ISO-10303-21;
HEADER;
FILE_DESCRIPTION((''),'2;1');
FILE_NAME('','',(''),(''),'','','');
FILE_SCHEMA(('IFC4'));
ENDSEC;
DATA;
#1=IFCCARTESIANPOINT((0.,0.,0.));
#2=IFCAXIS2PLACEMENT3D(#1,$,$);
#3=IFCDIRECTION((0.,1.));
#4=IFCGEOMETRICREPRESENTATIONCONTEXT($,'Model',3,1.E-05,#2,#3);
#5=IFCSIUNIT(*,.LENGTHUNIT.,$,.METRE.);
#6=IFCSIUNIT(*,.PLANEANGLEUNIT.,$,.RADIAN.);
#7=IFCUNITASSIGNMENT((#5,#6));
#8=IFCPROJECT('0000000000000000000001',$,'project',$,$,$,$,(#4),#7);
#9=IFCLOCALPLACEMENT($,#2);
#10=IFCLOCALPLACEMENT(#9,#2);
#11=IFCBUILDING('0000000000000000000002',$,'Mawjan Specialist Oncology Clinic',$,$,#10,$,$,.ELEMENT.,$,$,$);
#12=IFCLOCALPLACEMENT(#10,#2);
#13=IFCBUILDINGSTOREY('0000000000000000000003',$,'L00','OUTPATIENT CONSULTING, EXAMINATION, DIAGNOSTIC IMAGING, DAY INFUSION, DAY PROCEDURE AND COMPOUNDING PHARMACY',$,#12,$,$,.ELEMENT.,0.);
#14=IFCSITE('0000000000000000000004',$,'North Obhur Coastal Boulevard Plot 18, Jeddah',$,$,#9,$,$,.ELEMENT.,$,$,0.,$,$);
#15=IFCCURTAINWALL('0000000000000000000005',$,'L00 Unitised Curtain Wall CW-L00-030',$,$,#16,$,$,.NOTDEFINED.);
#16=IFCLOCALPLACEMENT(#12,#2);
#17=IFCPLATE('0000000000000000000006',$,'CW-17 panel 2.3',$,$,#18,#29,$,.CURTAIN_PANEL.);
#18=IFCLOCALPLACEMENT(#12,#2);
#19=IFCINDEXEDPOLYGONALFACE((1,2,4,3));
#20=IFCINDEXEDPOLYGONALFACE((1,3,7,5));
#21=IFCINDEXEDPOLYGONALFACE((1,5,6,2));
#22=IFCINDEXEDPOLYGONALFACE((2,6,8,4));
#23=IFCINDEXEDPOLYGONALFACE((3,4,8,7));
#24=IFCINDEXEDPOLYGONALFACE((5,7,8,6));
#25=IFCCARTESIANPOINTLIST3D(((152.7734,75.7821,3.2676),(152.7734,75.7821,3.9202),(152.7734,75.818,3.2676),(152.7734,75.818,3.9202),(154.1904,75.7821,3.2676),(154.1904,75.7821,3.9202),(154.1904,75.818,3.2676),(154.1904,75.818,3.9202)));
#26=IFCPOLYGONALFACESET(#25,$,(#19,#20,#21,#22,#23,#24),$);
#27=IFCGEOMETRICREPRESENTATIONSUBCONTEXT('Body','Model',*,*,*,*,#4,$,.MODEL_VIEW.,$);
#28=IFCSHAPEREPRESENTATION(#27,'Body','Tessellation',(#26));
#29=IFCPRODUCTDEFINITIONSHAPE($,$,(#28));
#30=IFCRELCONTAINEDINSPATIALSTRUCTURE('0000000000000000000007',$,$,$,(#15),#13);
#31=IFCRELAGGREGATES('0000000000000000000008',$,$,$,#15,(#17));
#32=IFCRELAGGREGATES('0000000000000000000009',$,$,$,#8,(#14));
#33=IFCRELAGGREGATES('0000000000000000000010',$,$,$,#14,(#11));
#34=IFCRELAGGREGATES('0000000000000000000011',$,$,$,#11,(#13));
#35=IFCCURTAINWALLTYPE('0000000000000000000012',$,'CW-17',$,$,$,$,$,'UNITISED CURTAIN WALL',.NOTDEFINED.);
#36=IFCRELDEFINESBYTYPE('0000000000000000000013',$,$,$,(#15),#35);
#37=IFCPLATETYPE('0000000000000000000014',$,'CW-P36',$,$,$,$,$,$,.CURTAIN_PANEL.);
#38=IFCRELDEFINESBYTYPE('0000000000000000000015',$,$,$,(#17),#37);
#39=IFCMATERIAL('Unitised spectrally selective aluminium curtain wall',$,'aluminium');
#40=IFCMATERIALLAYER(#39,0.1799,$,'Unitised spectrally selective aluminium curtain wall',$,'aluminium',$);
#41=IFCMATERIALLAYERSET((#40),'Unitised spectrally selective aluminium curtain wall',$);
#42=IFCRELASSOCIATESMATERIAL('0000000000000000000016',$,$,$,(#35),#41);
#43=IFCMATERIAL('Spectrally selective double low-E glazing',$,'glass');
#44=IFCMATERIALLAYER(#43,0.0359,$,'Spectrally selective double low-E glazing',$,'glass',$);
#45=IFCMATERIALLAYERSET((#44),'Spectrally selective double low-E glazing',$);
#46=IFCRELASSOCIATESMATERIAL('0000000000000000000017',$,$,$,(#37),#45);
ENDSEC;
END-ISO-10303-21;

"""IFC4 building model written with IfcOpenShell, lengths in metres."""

from ifc_helpers import new_model, si_unit, direction, frame, origin, origin_2d, place, context, subcontext, project, spatial, rectangle, extrude, material, layer, layer_set, type_object, element, aggregate, save


model = new_model("IFC4")

# Units and contexts
model_context = context("Model", 3, precision=1e-05, world=origin(), true_north=direction((0.0, 1.0)))
body_context = subcontext(model_context, "Body", "Model", "MODEL_VIEW")
ifc_project = project(units=[si_unit("LENGTHUNIT", "METRE"), si_unit("PLANEANGLEUNIT", "RADIAN")], contexts=[model_context])

# Site, building, storey
site_placement = place(None, origin())
site = spatial("IfcSite", under=ifc_project, at=site_placement, Name="North Obhur Coastal Boulevard Plot 18, Jeddah", CompositionType="ELEMENT", RefElevation=0.0)
building_placement = place(site_placement, origin())
building = spatial("IfcBuilding", under=site, at=building_placement, Name="Mawjan Specialist Oncology Clinic", CompositionType="ELEMENT")
storey_placement = place(building_placement, origin())
storey = spatial("IfcBuildingStorey", under=building, at=storey_placement, Name="L00", Description="OUTPATIENT CONSULTING, EXAMINATION, DIAGNOSTIC IMAGING, DAY INFUSION, DAY PROCEDURE AND COMPOUNDING PHARMACY", CompositionType="ELEMENT", Elevation=0.0)

# Curtain wall, plate
ifc_material_1 = material(Name="Unitised spectrally selective aluminium curtain wall", Category="aluminium")
ifc_layer_1 = layer(ifc_material_1, 0.1799, Name="Unitised spectrally selective aluminium curtain wall", Category="aluminium")
ifc_layer_set_1 = layer_set([ifc_layer_1], Name="Unitised spectrally selective aluminium curtain wall")
curtain_wall_type = type_object("IfcCurtainWallType", Name="CW-17", ElementType="UNITISED CURTAIN WALL", PredefinedType="NOTDEFINED", material=ifc_layer_set_1)
curtain_wall_placement = place(storey_placement, origin())
curtain_wall = element("IfcCurtainWall", 1, at=curtain_wall_placement, inside=storey, type_object=curtain_wall_type, Name="L00 Unitised Curtain Wall CW-L00-030", PredefinedType="NOTDEFINED")
ifc_material_2 = material(Name="Spectrally selective double low-E glazing", Category="glass")
ifc_layer_2 = layer(ifc_material_2, 0.0359, Name="Spectrally selective double low-E glazing", Category="glass")
ifc_layer_set_2 = layer_set([ifc_layer_2], Name="Spectrally selective double low-E glazing")
plate_type = type_object("IfcPlateType", Name="CW-P36", PredefinedType="CURTAIN_PANEL", material=ifc_layer_set_2)
plate_1_placement = place(storey_placement, frame((153.4819, 75.8, 3.2676), z_axis=(0.0, 0.0, 1.0), x_axis=(-1.0, 0.0, 0.0)))
plate_1 = element("IfcPlate", 2, at=plate_1_placement, type_object=plate_type, Name="CW-17 panel 2.3", PredefinedType="CURTAIN_PANEL", context=body_context, shape_type="SweptSolid", body=[
    extrude(rectangle(XDim=1.417, YDim=0.0359, at=origin_2d()), origin(), (0.0, 0.0, 1.0), 0.6526),
])
aggregate(curtain_wall, [plate_1])

save(model, "model.ifc")
